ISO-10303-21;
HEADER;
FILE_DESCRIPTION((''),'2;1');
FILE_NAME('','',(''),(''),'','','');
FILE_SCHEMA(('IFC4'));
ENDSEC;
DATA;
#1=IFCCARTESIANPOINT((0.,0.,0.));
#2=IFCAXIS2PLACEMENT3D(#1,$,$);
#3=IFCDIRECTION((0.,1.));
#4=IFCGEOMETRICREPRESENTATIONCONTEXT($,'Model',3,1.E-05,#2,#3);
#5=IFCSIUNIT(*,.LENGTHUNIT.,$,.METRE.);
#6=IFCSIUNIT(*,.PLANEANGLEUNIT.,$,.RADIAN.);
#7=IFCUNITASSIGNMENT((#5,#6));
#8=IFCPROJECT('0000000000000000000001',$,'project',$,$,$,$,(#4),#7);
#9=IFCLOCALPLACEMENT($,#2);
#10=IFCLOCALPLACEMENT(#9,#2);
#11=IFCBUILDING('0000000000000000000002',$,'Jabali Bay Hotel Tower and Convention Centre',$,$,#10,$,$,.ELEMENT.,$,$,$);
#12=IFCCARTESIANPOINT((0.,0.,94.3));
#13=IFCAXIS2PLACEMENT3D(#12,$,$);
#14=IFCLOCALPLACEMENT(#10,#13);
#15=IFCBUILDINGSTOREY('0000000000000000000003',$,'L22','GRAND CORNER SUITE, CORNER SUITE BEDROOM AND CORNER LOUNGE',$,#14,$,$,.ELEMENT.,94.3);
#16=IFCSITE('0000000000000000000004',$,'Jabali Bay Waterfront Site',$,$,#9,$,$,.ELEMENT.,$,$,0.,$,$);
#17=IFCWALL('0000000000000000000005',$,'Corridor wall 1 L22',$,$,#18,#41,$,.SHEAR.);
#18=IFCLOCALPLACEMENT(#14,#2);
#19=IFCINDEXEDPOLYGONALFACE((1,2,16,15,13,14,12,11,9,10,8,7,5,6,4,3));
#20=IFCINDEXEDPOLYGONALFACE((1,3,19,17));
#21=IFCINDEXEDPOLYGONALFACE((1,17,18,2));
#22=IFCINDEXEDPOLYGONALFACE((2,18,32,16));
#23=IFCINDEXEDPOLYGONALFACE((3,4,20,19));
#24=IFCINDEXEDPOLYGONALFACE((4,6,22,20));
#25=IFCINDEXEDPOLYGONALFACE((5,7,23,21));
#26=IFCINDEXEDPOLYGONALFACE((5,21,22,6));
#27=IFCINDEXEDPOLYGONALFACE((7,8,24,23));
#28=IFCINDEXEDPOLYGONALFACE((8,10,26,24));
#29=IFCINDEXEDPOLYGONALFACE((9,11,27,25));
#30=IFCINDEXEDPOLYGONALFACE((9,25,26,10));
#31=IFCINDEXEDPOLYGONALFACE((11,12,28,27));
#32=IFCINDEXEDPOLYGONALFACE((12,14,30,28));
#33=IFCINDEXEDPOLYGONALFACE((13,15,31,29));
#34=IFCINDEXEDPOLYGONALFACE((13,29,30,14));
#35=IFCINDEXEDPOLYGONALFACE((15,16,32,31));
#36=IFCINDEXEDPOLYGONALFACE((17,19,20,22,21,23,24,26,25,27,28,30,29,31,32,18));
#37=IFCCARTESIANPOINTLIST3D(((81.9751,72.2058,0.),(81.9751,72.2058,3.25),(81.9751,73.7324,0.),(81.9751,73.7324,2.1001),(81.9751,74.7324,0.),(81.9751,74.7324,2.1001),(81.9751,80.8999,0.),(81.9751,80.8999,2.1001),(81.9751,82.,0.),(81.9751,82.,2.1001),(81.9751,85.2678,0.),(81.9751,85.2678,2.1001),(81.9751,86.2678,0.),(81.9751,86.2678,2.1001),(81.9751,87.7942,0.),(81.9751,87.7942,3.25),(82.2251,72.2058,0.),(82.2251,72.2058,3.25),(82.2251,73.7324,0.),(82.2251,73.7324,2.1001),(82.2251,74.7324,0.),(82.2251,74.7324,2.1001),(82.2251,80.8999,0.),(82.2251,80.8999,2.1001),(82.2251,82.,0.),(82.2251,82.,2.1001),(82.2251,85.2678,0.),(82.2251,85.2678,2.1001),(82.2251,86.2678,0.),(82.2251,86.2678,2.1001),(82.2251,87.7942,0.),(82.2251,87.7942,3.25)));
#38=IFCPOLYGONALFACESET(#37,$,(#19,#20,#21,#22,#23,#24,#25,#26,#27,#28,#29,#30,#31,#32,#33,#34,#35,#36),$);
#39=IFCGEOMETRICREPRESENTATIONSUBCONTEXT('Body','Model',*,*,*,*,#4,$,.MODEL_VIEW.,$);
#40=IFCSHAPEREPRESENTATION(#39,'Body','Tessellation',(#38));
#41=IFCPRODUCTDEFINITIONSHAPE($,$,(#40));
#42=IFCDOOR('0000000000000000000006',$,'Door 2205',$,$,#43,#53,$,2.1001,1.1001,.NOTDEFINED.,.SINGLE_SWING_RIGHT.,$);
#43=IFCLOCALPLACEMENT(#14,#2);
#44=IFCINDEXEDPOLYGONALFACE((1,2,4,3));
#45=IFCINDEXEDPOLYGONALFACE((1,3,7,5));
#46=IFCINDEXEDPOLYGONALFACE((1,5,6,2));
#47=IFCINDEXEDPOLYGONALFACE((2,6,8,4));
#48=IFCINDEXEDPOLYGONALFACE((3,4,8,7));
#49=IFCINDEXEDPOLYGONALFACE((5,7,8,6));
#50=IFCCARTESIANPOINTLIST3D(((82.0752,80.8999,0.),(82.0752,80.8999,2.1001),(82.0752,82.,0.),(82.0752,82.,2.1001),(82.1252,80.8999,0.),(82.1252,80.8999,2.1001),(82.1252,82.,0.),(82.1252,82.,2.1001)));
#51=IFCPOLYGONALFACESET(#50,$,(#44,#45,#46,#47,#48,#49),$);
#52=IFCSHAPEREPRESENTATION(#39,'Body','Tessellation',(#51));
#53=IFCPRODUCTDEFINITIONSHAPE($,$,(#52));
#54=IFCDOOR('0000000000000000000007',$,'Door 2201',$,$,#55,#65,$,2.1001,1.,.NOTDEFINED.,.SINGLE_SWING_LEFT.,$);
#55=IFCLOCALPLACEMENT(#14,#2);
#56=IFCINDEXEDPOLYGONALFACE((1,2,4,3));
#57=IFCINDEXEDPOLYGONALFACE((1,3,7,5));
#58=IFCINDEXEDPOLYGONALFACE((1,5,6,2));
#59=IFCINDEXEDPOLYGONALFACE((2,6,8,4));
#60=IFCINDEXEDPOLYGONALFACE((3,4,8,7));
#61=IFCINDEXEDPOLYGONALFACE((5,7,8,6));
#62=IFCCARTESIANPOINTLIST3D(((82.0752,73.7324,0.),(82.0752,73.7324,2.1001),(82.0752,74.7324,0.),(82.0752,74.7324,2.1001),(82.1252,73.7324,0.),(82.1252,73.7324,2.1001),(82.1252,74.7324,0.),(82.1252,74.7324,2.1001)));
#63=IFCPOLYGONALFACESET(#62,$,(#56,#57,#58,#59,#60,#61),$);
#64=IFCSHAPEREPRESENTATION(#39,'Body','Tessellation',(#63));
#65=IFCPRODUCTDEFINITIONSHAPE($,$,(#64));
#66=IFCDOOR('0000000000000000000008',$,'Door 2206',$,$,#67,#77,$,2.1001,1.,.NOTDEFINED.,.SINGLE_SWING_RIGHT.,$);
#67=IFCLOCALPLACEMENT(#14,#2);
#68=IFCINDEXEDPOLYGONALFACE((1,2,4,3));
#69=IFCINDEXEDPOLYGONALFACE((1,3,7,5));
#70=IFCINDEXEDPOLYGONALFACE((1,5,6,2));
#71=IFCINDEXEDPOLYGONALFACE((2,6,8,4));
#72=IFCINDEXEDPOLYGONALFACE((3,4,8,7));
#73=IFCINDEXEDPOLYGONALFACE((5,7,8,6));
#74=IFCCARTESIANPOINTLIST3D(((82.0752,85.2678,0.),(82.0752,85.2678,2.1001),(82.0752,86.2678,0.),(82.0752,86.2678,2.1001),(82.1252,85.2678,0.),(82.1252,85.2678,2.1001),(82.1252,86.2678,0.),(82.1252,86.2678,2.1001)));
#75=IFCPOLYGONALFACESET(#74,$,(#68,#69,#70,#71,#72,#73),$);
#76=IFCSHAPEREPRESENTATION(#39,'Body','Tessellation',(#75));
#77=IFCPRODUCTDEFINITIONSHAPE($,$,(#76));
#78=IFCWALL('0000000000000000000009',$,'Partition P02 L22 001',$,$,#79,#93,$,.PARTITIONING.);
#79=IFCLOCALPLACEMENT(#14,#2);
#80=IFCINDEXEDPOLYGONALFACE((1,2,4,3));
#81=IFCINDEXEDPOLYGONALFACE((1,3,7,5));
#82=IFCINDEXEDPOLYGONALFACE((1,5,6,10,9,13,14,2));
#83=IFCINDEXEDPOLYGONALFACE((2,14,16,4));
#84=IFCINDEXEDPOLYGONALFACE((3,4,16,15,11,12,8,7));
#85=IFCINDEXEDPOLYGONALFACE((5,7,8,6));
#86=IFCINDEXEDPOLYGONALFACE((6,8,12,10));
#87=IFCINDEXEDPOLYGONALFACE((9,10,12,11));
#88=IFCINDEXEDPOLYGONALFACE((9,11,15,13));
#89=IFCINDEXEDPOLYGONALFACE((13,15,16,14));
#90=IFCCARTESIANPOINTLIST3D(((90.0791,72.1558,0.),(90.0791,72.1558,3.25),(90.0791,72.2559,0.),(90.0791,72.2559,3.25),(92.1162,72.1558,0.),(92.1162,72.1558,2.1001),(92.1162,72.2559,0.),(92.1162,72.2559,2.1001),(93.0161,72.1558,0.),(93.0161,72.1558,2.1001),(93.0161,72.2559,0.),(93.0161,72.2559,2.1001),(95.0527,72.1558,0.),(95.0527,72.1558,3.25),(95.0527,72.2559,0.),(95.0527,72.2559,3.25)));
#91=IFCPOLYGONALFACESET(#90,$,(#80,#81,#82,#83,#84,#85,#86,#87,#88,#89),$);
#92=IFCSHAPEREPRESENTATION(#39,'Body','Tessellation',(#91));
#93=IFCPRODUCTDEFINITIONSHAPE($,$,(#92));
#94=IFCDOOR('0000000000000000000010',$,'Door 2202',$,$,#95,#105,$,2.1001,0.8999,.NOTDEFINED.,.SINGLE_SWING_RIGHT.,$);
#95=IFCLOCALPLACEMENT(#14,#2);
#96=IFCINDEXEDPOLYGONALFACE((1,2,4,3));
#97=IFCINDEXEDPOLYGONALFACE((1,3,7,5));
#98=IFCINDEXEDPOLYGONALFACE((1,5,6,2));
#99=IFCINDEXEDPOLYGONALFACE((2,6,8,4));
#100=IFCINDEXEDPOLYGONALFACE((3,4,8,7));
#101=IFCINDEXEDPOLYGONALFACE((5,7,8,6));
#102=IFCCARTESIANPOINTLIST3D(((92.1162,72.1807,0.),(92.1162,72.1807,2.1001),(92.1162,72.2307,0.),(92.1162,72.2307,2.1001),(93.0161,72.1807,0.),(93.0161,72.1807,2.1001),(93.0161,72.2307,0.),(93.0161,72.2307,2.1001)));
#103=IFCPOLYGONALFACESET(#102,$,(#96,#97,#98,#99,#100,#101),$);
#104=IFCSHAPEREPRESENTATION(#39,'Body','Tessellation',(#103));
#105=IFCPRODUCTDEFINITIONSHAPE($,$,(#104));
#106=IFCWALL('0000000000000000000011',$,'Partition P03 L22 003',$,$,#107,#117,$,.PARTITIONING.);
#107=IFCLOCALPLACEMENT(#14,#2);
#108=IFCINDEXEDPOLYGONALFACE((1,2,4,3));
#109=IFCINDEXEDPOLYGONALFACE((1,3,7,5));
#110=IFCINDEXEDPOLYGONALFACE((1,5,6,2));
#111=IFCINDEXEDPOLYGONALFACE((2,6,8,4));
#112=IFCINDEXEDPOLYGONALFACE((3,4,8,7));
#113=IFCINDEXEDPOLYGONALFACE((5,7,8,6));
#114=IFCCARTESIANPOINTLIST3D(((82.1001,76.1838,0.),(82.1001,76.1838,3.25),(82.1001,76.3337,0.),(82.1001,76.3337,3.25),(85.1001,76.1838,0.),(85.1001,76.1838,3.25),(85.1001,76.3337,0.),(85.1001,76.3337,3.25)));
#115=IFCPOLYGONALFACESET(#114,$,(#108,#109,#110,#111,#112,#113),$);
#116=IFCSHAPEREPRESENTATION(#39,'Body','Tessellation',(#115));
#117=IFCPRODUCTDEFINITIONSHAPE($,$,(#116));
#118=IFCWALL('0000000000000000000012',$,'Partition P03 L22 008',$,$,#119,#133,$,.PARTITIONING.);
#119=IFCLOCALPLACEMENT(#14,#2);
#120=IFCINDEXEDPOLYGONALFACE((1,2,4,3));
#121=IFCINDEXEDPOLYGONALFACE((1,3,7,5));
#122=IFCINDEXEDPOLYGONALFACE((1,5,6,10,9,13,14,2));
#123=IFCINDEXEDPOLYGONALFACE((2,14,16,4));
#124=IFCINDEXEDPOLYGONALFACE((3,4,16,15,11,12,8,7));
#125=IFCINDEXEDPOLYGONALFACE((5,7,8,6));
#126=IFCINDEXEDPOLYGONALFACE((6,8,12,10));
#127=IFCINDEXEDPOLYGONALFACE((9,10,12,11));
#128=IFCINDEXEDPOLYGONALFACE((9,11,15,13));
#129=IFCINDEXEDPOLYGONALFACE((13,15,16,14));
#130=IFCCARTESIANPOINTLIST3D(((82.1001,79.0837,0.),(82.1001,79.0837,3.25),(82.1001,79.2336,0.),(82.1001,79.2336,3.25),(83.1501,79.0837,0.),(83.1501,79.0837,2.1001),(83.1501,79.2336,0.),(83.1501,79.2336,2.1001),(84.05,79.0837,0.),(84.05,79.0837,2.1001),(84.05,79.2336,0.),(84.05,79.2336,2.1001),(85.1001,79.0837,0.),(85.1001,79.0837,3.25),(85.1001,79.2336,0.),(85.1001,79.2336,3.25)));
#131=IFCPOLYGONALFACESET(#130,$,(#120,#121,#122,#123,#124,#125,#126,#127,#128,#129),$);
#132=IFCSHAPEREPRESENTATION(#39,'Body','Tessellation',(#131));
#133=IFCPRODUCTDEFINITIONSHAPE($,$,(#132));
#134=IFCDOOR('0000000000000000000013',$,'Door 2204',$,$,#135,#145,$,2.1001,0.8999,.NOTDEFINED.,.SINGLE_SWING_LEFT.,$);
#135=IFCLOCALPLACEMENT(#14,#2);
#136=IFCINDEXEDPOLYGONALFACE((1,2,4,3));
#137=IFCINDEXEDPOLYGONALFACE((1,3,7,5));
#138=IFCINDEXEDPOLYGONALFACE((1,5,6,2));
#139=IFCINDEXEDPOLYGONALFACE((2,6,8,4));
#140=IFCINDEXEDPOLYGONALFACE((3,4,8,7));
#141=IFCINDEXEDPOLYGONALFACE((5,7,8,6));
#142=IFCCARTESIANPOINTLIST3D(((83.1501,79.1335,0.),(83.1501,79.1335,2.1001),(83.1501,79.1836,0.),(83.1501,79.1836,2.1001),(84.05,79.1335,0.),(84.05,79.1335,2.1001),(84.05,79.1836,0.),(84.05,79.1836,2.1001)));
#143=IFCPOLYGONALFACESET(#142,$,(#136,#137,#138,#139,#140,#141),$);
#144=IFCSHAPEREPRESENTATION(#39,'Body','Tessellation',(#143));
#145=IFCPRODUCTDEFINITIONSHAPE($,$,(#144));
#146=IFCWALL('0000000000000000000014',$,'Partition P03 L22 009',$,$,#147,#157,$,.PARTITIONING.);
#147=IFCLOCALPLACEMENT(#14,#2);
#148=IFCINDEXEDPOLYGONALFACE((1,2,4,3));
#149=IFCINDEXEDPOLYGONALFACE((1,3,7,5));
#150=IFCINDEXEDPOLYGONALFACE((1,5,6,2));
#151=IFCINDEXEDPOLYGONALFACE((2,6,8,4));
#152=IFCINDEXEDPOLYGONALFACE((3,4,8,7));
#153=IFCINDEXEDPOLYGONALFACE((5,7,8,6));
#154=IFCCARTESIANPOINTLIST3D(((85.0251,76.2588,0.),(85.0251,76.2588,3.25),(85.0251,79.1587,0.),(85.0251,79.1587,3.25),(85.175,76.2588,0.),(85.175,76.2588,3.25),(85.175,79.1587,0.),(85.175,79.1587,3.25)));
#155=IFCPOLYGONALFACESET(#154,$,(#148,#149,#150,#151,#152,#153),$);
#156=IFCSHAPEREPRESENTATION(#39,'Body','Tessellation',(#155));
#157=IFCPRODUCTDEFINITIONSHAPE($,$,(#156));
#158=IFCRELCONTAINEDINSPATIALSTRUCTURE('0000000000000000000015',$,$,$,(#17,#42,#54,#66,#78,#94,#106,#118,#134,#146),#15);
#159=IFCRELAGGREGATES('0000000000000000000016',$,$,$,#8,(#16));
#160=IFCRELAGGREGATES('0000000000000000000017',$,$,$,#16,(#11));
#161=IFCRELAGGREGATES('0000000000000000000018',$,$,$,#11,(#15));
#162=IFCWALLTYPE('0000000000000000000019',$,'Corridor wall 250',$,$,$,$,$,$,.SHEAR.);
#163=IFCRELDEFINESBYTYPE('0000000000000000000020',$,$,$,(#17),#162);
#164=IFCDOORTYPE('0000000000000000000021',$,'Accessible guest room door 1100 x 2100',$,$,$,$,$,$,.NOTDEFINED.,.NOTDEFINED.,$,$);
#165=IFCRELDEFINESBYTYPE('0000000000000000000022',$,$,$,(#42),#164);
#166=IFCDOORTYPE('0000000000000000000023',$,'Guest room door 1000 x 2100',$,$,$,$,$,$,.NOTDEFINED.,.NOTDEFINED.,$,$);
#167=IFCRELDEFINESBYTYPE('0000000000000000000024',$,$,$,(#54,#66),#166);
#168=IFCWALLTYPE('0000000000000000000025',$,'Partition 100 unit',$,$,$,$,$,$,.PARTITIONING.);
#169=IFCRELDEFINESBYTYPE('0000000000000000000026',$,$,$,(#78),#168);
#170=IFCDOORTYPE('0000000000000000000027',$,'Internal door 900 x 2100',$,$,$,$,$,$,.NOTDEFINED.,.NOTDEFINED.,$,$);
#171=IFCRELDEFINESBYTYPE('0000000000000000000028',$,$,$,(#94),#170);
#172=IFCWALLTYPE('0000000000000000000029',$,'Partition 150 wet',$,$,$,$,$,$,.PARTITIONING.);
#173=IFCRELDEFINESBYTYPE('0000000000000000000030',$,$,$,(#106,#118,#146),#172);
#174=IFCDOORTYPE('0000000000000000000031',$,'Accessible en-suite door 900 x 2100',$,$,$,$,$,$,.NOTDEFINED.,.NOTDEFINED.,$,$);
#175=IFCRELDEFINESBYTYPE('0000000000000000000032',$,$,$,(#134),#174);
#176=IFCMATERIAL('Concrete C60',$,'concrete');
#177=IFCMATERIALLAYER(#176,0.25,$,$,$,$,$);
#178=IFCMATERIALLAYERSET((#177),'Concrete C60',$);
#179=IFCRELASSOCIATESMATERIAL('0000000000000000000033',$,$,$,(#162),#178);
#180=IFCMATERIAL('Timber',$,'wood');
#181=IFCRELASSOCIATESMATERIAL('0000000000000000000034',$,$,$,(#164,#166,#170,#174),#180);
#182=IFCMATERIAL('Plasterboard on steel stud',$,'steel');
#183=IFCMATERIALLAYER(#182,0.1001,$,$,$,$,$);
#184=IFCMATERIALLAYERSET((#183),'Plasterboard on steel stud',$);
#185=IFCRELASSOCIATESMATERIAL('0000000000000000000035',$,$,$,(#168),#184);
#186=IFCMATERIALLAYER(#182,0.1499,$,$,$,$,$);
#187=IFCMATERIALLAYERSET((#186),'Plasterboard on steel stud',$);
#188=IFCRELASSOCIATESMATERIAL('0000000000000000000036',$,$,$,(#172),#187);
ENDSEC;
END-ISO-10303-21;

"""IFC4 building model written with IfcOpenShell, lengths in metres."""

from ifc_helpers import new_model, si_unit, direction, frame, frame_2d, origin, place, context, subcontext, project, spatial, rectangle, extrude, material, layer, layer_set, type_object, element, fill, save


model = new_model("IFC4")

# Units and contexts
model_context = context("Model", 3, precision=1e-05, world=origin(), true_north=direction((0.0, 1.0)))
body_context = subcontext(model_context, "Body", "Model", "MODEL_VIEW")
ifc_project = project(units=[si_unit("LENGTHUNIT", "METRE"), si_unit("PLANEANGLEUNIT", "RADIAN")], contexts=[model_context])

# Site, building, storey
site_placement = place(None, origin())
site = spatial("IfcSite", under=ifc_project, at=site_placement, Name="Jabali Bay Waterfront Site", CompositionType="ELEMENT", RefElevation=0.0)
building_placement = place(site_placement, origin())
building = spatial("IfcBuilding", under=site, at=building_placement, Name="Jabali Bay Hotel Tower and Convention Centre", CompositionType="ELEMENT")
storey_placement = place(building_placement, frame((0.0, 0.0, 94.3)))
storey = spatial("IfcBuildingStorey", under=building, at=storey_placement, Name="L22", Description="GRAND CORNER SUITE, CORNER SUITE BEDROOM AND CORNER LOUNGE", CompositionType="ELEMENT", Elevation=94.3)

# Shared definitions
ifc_material_1 = material(Name="Concrete C60", Category="concrete")

# Wall, openings, doors
ifc_layer_1 = layer(ifc_material_1, 0.25)
ifc_layer_set_1 = layer_set([ifc_layer_1], Name="Concrete C60")
wall_type_1 = type_object("IfcWallType", Name="Corridor wall 250", PredefinedType="SHEAR", material=ifc_layer_set_1)
wall_1_placement = place(storey_placement, frame((82.1001, 72.2058, 0.0), z_axis=(0.0, 0.0, 1.0), x_axis=(0.0, 1.0, 0.0)))
wall_1 = element("IfcWall", 1, at=wall_1_placement, inside=storey, type_object=wall_type_1, Name="Corridor wall 1 L22", PredefinedType="SHEAR", context=body_context, shape_type="SweptSolid", body=[
    extrude(rectangle(XDim=15.5884, YDim=0.25, at=frame_2d((7.7942, 0.0))), origin(), (0.0, 0.0, 1.0), 3.25),
])
opening_1_placement = place(wall_1_placement, frame((1.5266, 0.0, 0.0)))
opening_1 = element("IfcOpeningElement", 2, at=opening_1_placement, cuts=wall_1, PredefinedType="OPENING", context=body_context, shape_type="SweptSolid", body=[
    extrude(rectangle(XDim=1.0, YDim=2.1001, at=frame_2d((0.5, 1.05))), frame((0.0, 0.1355, 0.0), z_axis=(0.0, -1.0, 0.0), x_axis=(1.0, 0.0, 0.0)), (0.0, 0.0, 1.0), 0.271),
])
opening_2_placement = place(wall_1_placement, frame((8.6941, 0.0, 0.0)))
opening_2 = element("IfcOpeningElement", 3, at=opening_2_placement, cuts=wall_1, PredefinedType="OPENING", context=body_context, shape_type="SweptSolid", body=[
    extrude(rectangle(XDim=1.1001, YDim=2.1001, at=frame_2d((0.55, 1.05))), frame((0.0, 0.1355, 0.0), z_axis=(0.0, -1.0, 0.0), x_axis=(1.0, 0.0, 0.0)), (0.0, 0.0, 1.0), 0.271),
])
opening_3_placement = place(wall_1_placement, frame((13.062, 0.0, 0.0)))
opening_3 = element("IfcOpeningElement", 4, at=opening_3_placement, cuts=wall_1, PredefinedType="OPENING", context=body_context, shape_type="SweptSolid", body=[
    extrude(rectangle(XDim=1.0, YDim=2.1001, at=frame_2d((0.5, 1.05))), frame((0.0, 0.1355, 0.0), z_axis=(0.0, -1.0, 0.0), x_axis=(1.0, 0.0, 0.0)), (0.0, 0.0, 1.0), 0.271),
])
ifc_material_2 = material(Name="Timber", Category="wood")
door_type_1 = type_object("IfcDoorType", Name="Accessible guest room door 1100 x 2100", OperationType="NOTDEFINED", PredefinedType="NOTDEFINED", material=ifc_material_2)
door_1_placement = place(opening_2_placement, origin())
door_1 = element("IfcDoor", 5, at=door_1_placement, inside=storey, type_object=door_type_1, Name="Door 2205", OperationType="SINGLE_SWING_RIGHT", OverallHeight=2.1001, OverallWidth=1.1001, PredefinedType="NOTDEFINED", context=body_context, shape_type="SweptSolid", body=[
    extrude(rectangle(XDim=1.1001, YDim=2.1001, at=frame_2d((0.55, 1.05))), frame((0.0, 0.0249, 0.0), z_axis=(0.0, -1.0, 0.0), x_axis=(1.0, 0.0, 0.0)), (0.0, 0.0, 1.0), 0.05),
])
fill(opening_2, door_1)
door_type_2 = type_object("IfcDoorType", Name="Guest room door 1000 x 2100", OperationType="NOTDEFINED", PredefinedType="NOTDEFINED", material=ifc_material_2)
door_2_placement = place(opening_1_placement, origin())
door_2 = element("IfcDoor", 6, at=door_2_placement, inside=storey, type_object=door_type_2, Name="Door 2201", OperationType="SINGLE_SWING_LEFT", OverallHeight=2.1001, OverallWidth=1.0, PredefinedType="NOTDEFINED", context=body_context, shape_type="SweptSolid", body=[
    extrude(rectangle(XDim=1.0, YDim=2.1001, at=frame_2d((0.5, 1.05))), frame((0.0, 0.0249, 0.0), z_axis=(0.0, -1.0, 0.0), x_axis=(1.0, 0.0, 0.0)), (0.0, 0.0, 1.0), 0.05),
])
fill(opening_1, door_2)
door_3_placement = place(opening_3_placement, origin())
door_3 = element("IfcDoor", 7, at=door_3_placement, inside=storey, type_object=door_type_2, Name="Door 2206", OperationType="SINGLE_SWING_RIGHT", OverallHeight=2.1001, OverallWidth=1.0, PredefinedType="NOTDEFINED", context=body_context, shape_type="SweptSolid", body=[
    extrude(rectangle(XDim=1.0, YDim=2.1001, at=frame_2d((0.5, 1.05))), frame((0.0, 0.0249, 0.0), z_axis=(0.0, -1.0, 0.0), x_axis=(1.0, 0.0, 0.0)), (0.0, 0.0, 1.0), 0.05),
])
fill(opening_3, door_3)

# Wall, opening, door
ifc_material_3 = material(Name="Plasterboard on steel stud", Category="steel")
ifc_layer_2 = layer(ifc_material_3, 0.1001)
ifc_layer_set_2 = layer_set([ifc_layer_2], Name="Plasterboard on steel stud")
wall_type_2 = type_object("IfcWallType", Name="Partition 100 unit", PredefinedType="PARTITIONING", material=ifc_layer_set_2)
wall_2_placement = place(storey_placement, frame((90.0791, 72.2058, 0.0), z_axis=(0.0, 0.0, 1.0), x_axis=(1.0, 0.0, 0.0)))
wall_2 = element("IfcWall", 8, at=wall_2_placement, inside=storey, type_object=wall_type_2, Name="Partition P02 L22 001", PredefinedType="PARTITIONING", context=body_context, shape_type="SweptSolid", body=[
    extrude(rectangle(XDim=4.9736, YDim=0.1001, at=frame_2d((2.4868, 0.0))), origin(), (0.0, 0.0, 1.0), 3.25),
])
opening_4_placement = place(wall_2_placement, frame((2.0371, 0.0, 0.0)))
opening_4 = element("IfcOpeningElement", 9, at=opening_4_placement, cuts=wall_2, PredefinedType="OPENING", context=body_context, shape_type="SweptSolid", body=[
    extrude(rectangle(XDim=0.8999, YDim=2.1001, at=frame_2d((0.45, 1.05))), frame((0.0, 0.0605, 0.0), z_axis=(0.0, -1.0, 0.0), x_axis=(1.0, 0.0, 0.0)), (0.0, 0.0, 1.0), 0.1211),
])
door_type_3 = type_object("IfcDoorType", Name="Internal door 900 x 2100", OperationType="NOTDEFINED", PredefinedType="NOTDEFINED", material=ifc_material_2)
door_4_placement = place(opening_4_placement, origin())
door_4 = element("IfcDoor", 10, at=door_4_placement, inside=storey, type_object=door_type_3, Name="Door 2202", OperationType="SINGLE_SWING_RIGHT", OverallHeight=2.1001, OverallWidth=0.8999, PredefinedType="NOTDEFINED", context=body_context, shape_type="SweptSolid", body=[
    extrude(rectangle(XDim=0.8999, YDim=2.1001, at=frame_2d((0.45, 1.05))), frame((0.0, 0.0249, 0.0), z_axis=(0.0, -1.0, 0.0), x_axis=(1.0, 0.0, 0.0)), (0.0, 0.0, 1.0), 0.05),
])
fill(opening_4, door_4)

# Wall
ifc_layer_3 = layer(ifc_material_3, 0.1499)
ifc_layer_set_3 = layer_set([ifc_layer_3], Name="Plasterboard on steel stud")
wall_type_3 = type_object("IfcWallType", Name="Partition 150 wet", PredefinedType="PARTITIONING", material=ifc_layer_set_3)
wall_3_placement = place(storey_placement, frame((85.1001, 76.2588, 0.0), z_axis=(0.0, 0.0, 1.0), x_axis=(-1.0, 0.0, 0.0)))
element("IfcWall", 11, at=wall_3_placement, inside=storey, type_object=wall_type_3, Name="Partition P03 L22 003", PredefinedType="PARTITIONING", context=body_context, shape_type="SweptSolid", body=[
    extrude(rectangle(XDim=3.0, YDim=0.1499, at=frame_2d((1.5, 0.0))), origin(), (0.0, 0.0, 1.0), 3.25),
])

# Wall, opening, door
wall_4_placement = place(storey_placement, frame((82.1001, 79.1587, 0.0), z_axis=(0.0, 0.0, 1.0), x_axis=(1.0, 0.0, 0.0)))
wall_4 = element("IfcWall", 12, at=wall_4_placement, inside=storey, type_object=wall_type_3, Name="Partition P03 L22 008", PredefinedType="PARTITIONING", context=body_context, shape_type="SweptSolid", body=[
    extrude(rectangle(XDim=3.0, YDim=0.1499, at=frame_2d((1.5, 0.0))), origin(), (0.0, 0.0, 1.0), 3.25),
])
opening_5_placement = place(wall_4_placement, frame((1.05, 0.0, 0.0)))
opening_5 = element("IfcOpeningElement", 13, at=opening_5_placement, cuts=wall_4, PredefinedType="OPENING", context=body_context, shape_type="SweptSolid", body=[
    extrude(rectangle(XDim=0.8999, YDim=2.1001, at=frame_2d((0.45, 1.05))), frame((0.0, 0.0854, 0.0), z_axis=(0.0, -1.0, 0.0), x_axis=(1.0, 0.0, 0.0)), (0.0, 0.0, 1.0), 0.1709),
])
door_type_4 = type_object("IfcDoorType", Name="Accessible en-suite door 900 x 2100", OperationType="NOTDEFINED", PredefinedType="NOTDEFINED", material=ifc_material_2)
door_5_placement = place(opening_5_placement, origin())
door_5 = element("IfcDoor", 14, at=door_5_placement, inside=storey, type_object=door_type_4, Name="Door 2204", OperationType="SINGLE_SWING_LEFT", OverallHeight=2.1001, OverallWidth=0.8999, PredefinedType="NOTDEFINED", context=body_context, shape_type="SweptSolid", body=[
    extrude(rectangle(XDim=0.8999, YDim=2.1001, at=frame_2d((0.45, 1.05))), frame((0.0, 0.0249, 0.0), z_axis=(0.0, -1.0, 0.0), x_axis=(1.0, 0.0, 0.0)), (0.0, 0.0, 1.0), 0.05),
])
fill(opening_5, door_5)

# Wall
wall_5_placement = place(storey_placement, frame((85.1001, 79.1587, 0.0), z_axis=(0.0, 0.0, 1.0), x_axis=(0.0, -1.0, 0.0)))
element("IfcWall", 15, at=wall_5_placement, inside=storey, type_object=wall_type_3, Name="Partition P03 L22 009", PredefinedType="PARTITIONING", context=body_context, shape_type="SweptSolid", body=[
    extrude(rectangle(XDim=2.8999, YDim=0.1499, at=frame_2d((1.45, 0.0))), origin(), (0.0, 0.0, 1.0), 3.25),
])

save(model, "model.ifc")
